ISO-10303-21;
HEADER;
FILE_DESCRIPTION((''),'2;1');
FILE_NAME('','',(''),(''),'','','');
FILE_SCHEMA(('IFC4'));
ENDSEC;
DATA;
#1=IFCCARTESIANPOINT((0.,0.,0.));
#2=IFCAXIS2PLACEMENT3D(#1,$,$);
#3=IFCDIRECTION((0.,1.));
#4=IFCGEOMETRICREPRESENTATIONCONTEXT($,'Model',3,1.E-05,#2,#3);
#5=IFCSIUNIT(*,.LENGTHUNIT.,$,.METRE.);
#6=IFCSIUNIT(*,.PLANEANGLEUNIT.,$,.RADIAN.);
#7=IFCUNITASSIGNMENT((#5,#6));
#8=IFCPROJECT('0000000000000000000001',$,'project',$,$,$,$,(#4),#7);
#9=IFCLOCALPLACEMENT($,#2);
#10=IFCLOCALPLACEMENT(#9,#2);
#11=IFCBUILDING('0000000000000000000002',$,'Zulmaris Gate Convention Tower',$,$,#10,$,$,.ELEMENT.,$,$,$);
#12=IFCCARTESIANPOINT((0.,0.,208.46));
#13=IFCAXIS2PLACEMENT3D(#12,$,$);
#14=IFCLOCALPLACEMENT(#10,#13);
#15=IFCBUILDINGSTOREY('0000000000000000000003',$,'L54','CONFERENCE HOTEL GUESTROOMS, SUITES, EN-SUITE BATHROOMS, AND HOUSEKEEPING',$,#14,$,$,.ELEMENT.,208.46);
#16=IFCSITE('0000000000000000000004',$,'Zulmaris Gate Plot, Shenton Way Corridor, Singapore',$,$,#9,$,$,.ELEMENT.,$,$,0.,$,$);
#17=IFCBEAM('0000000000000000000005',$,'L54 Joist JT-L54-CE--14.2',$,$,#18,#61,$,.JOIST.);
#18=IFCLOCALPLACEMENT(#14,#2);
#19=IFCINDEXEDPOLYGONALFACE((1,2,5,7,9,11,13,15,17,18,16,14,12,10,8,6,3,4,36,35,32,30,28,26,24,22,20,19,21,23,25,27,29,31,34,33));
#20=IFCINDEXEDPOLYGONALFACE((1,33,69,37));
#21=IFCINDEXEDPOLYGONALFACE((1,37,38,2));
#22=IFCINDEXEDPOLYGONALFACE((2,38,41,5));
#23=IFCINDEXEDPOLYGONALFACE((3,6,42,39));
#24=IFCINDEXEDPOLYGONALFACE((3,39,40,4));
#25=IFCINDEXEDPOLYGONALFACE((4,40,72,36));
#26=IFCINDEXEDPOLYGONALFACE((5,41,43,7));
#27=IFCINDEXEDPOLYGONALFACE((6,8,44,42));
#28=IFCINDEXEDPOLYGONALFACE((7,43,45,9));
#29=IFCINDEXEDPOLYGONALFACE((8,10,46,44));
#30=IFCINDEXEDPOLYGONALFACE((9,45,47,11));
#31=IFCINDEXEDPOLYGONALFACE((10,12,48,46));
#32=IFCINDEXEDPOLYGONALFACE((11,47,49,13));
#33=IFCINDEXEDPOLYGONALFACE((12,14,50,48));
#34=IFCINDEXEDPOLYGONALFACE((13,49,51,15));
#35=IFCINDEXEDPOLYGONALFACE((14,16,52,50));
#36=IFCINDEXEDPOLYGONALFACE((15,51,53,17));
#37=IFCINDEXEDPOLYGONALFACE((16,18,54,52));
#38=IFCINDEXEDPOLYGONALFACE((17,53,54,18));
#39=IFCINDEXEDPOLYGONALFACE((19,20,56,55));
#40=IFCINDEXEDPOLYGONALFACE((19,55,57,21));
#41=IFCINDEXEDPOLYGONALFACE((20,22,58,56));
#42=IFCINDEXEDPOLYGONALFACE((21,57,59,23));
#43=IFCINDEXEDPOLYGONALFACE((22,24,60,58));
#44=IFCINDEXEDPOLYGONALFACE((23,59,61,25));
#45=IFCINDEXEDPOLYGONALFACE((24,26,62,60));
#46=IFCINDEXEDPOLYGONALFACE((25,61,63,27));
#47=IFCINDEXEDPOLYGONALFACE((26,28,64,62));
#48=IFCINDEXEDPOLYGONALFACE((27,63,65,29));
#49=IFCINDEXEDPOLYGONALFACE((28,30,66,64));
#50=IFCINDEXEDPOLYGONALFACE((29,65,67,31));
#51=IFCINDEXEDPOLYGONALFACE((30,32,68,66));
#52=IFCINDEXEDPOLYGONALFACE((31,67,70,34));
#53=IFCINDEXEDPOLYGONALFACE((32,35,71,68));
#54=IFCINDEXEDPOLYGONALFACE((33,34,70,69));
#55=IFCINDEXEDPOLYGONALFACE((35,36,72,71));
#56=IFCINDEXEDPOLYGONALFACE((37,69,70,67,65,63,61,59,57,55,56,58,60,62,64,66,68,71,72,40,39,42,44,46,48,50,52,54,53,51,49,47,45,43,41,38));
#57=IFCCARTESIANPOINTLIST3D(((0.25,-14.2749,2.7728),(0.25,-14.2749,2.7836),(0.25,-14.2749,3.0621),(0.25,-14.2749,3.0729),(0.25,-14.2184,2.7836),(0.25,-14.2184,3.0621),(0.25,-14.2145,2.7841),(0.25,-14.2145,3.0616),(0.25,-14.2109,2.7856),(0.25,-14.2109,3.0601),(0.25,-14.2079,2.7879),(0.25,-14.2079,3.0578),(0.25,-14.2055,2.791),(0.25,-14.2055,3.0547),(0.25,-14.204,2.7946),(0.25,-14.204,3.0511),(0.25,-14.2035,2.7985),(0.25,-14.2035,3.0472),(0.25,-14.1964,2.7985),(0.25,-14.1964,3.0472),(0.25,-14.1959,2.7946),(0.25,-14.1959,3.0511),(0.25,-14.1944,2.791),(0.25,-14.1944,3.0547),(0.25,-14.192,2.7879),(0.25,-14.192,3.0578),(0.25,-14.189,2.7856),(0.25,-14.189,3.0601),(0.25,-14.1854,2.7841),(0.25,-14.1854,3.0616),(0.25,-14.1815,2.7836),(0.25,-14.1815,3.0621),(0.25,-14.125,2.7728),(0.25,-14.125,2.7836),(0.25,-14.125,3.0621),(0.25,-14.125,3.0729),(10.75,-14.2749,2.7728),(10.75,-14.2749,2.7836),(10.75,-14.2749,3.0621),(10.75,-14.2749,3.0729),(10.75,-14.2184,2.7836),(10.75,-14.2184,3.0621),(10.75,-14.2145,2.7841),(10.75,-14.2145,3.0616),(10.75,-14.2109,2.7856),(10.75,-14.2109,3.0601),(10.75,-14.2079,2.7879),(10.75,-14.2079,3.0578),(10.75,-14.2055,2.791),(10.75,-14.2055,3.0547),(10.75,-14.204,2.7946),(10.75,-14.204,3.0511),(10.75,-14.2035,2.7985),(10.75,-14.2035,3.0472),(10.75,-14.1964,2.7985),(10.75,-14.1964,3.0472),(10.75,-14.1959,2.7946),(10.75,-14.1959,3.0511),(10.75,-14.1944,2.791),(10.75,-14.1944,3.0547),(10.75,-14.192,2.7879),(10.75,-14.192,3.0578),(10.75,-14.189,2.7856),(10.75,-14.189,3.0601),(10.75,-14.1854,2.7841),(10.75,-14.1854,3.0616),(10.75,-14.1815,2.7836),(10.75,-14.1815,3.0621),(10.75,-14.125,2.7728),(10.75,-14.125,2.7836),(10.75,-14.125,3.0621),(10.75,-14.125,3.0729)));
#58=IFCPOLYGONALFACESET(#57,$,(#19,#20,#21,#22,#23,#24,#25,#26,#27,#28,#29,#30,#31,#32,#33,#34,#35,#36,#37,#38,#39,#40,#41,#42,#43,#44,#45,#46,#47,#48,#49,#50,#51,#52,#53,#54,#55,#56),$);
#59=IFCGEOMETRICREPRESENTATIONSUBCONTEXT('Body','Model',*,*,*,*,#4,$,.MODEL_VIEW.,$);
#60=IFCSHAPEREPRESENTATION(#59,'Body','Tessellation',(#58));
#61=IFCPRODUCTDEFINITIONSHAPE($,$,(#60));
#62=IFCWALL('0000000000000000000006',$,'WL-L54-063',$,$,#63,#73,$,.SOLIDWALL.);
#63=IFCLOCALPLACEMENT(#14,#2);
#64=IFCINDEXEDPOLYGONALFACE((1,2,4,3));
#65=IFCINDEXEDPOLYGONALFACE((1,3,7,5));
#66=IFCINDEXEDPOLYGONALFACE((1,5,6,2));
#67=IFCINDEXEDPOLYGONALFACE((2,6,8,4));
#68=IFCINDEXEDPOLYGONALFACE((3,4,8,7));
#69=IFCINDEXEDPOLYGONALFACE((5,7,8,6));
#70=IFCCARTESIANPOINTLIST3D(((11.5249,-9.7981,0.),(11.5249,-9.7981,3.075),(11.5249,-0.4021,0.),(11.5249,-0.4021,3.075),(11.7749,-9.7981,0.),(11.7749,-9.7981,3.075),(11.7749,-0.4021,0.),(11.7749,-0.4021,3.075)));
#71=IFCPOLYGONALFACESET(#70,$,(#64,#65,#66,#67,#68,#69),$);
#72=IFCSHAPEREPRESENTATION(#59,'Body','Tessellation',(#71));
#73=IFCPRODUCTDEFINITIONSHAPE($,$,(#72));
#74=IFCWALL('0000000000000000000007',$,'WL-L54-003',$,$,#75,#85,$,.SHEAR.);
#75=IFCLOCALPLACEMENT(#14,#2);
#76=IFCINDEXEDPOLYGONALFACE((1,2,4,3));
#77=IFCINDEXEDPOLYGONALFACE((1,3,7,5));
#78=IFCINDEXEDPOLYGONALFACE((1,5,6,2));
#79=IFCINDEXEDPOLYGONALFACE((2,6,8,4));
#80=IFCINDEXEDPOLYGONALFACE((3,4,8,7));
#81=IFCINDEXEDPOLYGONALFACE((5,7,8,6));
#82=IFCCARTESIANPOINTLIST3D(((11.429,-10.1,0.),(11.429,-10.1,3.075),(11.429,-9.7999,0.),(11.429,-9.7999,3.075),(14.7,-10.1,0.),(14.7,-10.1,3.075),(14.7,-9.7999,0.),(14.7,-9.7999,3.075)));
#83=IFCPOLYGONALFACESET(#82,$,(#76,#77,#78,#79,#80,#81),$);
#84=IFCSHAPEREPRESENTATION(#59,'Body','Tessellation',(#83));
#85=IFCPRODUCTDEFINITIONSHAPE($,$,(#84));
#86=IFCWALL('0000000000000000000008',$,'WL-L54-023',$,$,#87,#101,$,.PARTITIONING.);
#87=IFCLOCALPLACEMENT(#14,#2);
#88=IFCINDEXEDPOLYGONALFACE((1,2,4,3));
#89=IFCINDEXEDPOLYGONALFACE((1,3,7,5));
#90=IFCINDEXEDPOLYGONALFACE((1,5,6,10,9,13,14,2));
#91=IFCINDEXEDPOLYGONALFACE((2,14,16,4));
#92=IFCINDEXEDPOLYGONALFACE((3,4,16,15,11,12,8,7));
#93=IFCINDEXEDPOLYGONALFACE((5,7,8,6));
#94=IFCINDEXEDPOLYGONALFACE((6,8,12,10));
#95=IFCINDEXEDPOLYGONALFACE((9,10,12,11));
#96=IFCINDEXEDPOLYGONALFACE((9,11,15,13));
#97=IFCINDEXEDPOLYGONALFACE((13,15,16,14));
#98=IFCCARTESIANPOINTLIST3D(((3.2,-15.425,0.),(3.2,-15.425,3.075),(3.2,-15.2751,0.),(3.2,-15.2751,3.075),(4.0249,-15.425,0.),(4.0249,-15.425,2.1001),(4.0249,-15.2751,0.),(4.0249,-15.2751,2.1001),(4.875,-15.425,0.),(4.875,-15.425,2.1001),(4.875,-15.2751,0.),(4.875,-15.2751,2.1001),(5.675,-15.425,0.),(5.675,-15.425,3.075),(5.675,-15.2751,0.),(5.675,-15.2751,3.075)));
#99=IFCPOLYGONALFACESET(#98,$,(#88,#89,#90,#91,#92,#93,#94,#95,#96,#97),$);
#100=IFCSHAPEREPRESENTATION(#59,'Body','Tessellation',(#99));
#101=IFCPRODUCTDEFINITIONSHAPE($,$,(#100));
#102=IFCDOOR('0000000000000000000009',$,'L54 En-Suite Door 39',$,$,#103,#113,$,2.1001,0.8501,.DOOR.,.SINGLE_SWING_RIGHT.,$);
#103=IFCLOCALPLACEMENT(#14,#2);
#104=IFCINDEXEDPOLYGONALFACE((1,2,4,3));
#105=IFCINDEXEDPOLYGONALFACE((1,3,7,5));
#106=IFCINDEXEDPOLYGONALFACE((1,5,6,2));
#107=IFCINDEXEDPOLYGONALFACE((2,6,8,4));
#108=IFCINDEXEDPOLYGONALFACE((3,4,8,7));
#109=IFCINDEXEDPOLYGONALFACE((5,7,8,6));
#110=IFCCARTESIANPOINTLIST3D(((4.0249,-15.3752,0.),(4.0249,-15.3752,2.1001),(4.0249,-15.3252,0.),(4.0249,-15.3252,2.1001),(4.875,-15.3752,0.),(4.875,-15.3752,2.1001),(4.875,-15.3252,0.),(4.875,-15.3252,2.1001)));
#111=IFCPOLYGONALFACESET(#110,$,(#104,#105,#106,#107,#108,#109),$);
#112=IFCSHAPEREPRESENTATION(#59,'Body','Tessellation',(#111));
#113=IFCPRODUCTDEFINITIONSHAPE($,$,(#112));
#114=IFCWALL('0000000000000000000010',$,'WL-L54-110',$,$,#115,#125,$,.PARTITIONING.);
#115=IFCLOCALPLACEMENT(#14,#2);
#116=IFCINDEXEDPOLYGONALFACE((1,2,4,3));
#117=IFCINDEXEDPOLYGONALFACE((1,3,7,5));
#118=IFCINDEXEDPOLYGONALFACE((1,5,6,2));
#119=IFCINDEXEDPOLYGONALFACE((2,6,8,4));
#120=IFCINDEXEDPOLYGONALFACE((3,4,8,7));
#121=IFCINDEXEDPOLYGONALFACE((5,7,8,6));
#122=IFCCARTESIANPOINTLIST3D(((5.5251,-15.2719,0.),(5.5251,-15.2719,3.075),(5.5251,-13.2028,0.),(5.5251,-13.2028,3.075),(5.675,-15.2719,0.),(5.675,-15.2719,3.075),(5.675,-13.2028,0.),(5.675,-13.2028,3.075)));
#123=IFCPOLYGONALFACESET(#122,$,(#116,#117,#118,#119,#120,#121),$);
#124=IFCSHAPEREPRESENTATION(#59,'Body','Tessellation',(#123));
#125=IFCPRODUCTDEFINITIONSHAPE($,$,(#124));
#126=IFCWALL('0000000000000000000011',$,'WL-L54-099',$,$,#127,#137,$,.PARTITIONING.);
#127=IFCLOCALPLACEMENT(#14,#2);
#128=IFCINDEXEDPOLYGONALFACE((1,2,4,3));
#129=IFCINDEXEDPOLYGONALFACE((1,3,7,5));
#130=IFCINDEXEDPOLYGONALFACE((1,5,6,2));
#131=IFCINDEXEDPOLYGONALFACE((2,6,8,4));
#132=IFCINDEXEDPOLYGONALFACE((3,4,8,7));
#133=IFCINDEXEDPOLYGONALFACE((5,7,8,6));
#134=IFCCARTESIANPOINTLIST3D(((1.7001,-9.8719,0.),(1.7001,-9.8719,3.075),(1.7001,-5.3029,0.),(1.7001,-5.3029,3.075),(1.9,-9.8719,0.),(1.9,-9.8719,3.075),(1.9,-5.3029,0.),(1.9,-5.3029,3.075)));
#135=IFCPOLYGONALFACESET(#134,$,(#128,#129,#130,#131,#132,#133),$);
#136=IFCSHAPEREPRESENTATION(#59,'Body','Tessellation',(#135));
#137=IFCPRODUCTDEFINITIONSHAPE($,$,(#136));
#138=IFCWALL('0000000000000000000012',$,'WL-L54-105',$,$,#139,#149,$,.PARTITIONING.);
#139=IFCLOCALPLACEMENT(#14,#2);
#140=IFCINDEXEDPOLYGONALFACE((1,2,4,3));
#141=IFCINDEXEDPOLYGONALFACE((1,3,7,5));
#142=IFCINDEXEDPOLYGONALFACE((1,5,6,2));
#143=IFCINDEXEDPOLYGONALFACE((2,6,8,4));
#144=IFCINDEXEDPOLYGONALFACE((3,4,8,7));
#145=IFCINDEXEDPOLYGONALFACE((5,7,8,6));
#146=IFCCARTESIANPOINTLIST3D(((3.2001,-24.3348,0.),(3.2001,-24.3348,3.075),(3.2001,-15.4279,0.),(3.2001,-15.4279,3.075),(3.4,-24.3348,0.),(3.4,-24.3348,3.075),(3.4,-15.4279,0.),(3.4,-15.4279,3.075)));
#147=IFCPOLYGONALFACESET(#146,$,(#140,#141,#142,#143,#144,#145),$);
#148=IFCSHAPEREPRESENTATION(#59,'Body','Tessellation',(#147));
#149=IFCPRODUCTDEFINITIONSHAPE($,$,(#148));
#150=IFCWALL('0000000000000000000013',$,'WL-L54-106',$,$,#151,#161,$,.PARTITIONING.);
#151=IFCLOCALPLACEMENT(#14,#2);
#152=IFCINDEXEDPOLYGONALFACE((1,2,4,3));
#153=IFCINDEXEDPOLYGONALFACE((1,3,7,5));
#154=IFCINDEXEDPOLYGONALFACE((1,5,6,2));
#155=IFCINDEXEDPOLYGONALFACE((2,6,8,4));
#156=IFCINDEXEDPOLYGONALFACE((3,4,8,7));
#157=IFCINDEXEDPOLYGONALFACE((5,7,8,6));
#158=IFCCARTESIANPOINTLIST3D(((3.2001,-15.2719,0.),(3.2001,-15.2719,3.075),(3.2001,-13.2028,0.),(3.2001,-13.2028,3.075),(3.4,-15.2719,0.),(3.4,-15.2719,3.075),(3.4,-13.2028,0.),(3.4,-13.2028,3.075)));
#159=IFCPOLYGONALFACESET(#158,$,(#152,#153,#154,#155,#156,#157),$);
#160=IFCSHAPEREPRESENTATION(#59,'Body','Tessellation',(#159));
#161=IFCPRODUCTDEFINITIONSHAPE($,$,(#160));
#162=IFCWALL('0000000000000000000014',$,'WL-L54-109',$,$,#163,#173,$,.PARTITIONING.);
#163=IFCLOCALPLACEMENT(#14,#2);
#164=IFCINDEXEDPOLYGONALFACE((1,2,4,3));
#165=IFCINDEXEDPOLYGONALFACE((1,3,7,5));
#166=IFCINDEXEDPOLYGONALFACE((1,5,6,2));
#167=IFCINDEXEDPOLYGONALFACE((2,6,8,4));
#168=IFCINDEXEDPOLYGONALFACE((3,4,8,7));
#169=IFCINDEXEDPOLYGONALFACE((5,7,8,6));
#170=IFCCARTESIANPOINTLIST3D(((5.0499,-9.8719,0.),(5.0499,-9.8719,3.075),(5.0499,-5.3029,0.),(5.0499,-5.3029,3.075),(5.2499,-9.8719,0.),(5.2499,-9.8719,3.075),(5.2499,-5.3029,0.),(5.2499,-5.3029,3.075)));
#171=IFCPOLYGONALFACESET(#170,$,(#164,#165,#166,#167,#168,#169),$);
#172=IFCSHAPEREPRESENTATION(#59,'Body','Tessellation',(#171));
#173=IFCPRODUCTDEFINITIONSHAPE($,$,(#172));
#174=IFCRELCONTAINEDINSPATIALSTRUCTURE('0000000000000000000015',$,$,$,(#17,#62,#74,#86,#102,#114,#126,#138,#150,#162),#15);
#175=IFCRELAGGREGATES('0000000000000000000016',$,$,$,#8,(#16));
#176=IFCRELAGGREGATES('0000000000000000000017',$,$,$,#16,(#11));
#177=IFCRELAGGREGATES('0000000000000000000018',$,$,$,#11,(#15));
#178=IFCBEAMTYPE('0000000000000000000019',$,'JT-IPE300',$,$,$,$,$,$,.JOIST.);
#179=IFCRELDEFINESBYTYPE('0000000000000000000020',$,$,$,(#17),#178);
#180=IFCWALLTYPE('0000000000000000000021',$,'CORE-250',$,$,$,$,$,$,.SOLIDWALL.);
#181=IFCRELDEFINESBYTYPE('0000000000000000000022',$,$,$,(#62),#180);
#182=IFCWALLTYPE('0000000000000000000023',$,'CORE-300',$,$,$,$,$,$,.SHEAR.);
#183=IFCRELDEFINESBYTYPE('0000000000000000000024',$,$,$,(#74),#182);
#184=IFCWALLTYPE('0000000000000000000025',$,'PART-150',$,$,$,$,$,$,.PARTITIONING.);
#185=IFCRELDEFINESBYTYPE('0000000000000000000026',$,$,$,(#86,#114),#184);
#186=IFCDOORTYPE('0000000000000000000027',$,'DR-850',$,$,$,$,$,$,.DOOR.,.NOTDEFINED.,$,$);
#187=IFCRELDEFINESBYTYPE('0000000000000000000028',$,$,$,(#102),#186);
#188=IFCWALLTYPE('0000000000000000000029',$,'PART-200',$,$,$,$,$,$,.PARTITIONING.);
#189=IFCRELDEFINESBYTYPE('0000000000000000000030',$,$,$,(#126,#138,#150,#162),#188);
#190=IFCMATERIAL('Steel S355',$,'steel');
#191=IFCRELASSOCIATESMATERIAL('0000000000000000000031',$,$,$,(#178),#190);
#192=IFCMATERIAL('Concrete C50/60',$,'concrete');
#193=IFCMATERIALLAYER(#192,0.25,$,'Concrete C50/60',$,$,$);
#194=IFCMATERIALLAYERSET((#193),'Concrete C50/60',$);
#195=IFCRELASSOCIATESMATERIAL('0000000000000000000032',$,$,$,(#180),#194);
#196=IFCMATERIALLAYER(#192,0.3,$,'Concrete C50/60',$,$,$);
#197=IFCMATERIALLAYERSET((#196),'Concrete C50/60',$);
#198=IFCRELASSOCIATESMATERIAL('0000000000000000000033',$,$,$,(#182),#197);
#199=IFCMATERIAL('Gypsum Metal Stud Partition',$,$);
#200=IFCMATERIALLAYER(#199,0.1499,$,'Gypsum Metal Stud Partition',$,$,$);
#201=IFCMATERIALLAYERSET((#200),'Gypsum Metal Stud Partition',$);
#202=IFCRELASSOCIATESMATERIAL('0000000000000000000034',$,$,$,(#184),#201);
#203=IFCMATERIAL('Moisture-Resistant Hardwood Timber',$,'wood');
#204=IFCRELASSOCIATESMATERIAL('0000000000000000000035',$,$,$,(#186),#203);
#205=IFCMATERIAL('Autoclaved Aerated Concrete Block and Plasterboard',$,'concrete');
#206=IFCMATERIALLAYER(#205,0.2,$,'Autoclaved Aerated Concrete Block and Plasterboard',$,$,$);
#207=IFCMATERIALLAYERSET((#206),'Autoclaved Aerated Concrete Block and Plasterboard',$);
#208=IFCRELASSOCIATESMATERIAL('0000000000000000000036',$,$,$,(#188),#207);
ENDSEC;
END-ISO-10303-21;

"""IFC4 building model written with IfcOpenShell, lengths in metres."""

from ifc_helpers import new_model, si_unit, direction, frame, frame_2d, origin, origin_2d, place, context, subcontext, project, spatial, rectangle, i_section, extrude, material, layer, layer_set, material_profile, profile_set, type_object, element, fill, save


model = new_model("IFC4")

# Units and contexts
model_context = context("Model", 3, precision=1e-05, world=origin(), true_north=direction((0.0, 1.0)))
body_context = subcontext(model_context, "Body", "Model", "MODEL_VIEW")
ifc_project = project(units=[si_unit("LENGTHUNIT", "METRE"), si_unit("PLANEANGLEUNIT", "RADIAN")], contexts=[model_context])

# Site, building, storey
site_placement = place(None, origin())
site = spatial("IfcSite", under=ifc_project, at=site_placement, Name="Zulmaris Gate Plot, Shenton Way Corridor, Singapore", CompositionType="ELEMENT", RefElevation=0.0)
building_placement = place(site_placement, origin())
building = spatial("IfcBuilding", under=site, at=building_placement, Name="Zulmaris Gate Convention Tower", CompositionType="ELEMENT")
storey_placement = place(building_placement, frame((0.0, 0.0, 208.46)))
storey = spatial("IfcBuildingStorey", under=building, at=storey_placement, Name="L54", Description="CONFERENCE HOTEL GUESTROOMS, SUITES, EN-SUITE BATHROOMS, AND HOUSEKEEPING", CompositionType="ELEMENT", Elevation=208.46)

# Beam
ifc_material_1 = material(Name="Steel S355", Category="steel")
ifc_material_2 = material(Name="Concrete C50/60", Category="concrete")
ifc_material_profile_1 = material_profile(ifc_material_1, i_section(OverallWidth=0.1499, OverallDepth=0.3, WebThickness=0.0071, FlangeThickness=0.0107, FilletRadius=0.0149, at=origin_2d()), Name="IPE 300")
ifc_profile_set_1 = profile_set([ifc_material_profile_1], Name="Steel S355")
beam_type_1 = type_object("IfcBeamType", Name="JT-IPE300", PredefinedType="JOIST", material=ifc_profile_set_1)
for number, where, z_axis, x_axis, name in (
    (1, (0.25, -14.2, 2.9229), (1.0, 0.0, 0.0), (0.0, 1.0, 0.0), "L54 Joist JT-L54-CE--14.2"),
):
    element("IfcBeam", number, at=place(storey_placement, frame(where, z_axis=z_axis, x_axis=x_axis)), inside=storey, type_object=beam_type_1, Name=name, PredefinedType="JOIST", context=body_context, shape_type="SweptSolid", body=[
        extrude(i_section(OverallWidth=0.1499, OverallDepth=0.3, WebThickness=0.0071, FlangeThickness=0.0107, FilletRadius=0.0149, at=origin_2d()), origin(), (0.0, 0.0, 1.0), 10.5),
    ])

# Walls
ifc_layer_1 = layer(ifc_material_2, 0.25, Name="Concrete C50/60")
ifc_layer_set_1 = layer_set([ifc_layer_1], Name="Concrete C50/60")
wall_type_1 = type_object("IfcWallType", Name="CORE-250", PredefinedType="SOLIDWALL", material=ifc_layer_set_1)
wall_1_placement = place(storey_placement, frame((11.6499, -9.7981, 0.0), z_axis=(0.0, 0.0, 1.0), x_axis=(0.0, 1.0, 0.0)))
element("IfcWall", 2, at=wall_1_placement, inside=storey, type_object=wall_type_1, Name="WL-L54-063", PredefinedType="SOLIDWALL", context=body_context, shape_type="SweptSolid", body=[
    extrude(rectangle(XDim=9.396, YDim=0.25, at=frame_2d((4.698, 0.0))), origin(), (0.0, 0.0, 1.0), 3.075),
])
ifc_layer_2 = layer(ifc_material_2, 0.3, Name="Concrete C50/60")
ifc_layer_set_2 = layer_set([ifc_layer_2], Name="Concrete C50/60")
wall_type_2 = type_object("IfcWallType", Name="CORE-300", PredefinedType="SHEAR", material=ifc_layer_set_2)
wall_2_placement = place(storey_placement, frame((11.429, -9.95, 0.0), z_axis=(0.0, 0.0, 1.0), x_axis=(1.0, 0.0, 0.0)))
element("IfcWall", 3, at=wall_2_placement, inside=storey, type_object=wall_type_2, Name="WL-L54-003", PredefinedType="SHEAR", context=body_context, shape_type="SweptSolid", body=[
    extrude(rectangle(XDim=3.271, YDim=0.3, at=frame_2d((1.6355, 0.0))), origin(), (0.0, 0.0, 1.0), 3.075),
])

# Wall, opening, door
ifc_material_3 = material(Name="Gypsum Metal Stud Partition")
ifc_layer_3 = layer(ifc_material_3, 0.1499, Name="Gypsum Metal Stud Partition")
ifc_layer_set_3 = layer_set([ifc_layer_3], Name="Gypsum Metal Stud Partition")
wall_type_3 = type_object("IfcWallType", Name="PART-150", PredefinedType="PARTITIONING", material=ifc_layer_set_3)
wall_3_placement = place(storey_placement, frame((3.2, -15.3501, 0.0), z_axis=(0.0, 0.0, 1.0), x_axis=(1.0, 0.0, 0.0)))
wall_3 = element("IfcWall", 4, at=wall_3_placement, inside=storey, type_object=wall_type_3, Name="WL-L54-023", PredefinedType="PARTITIONING", context=body_context, shape_type="SweptSolid", body=[
    extrude(rectangle(XDim=2.4751, YDim=0.1499, at=frame_2d((1.2375, 0.0))), origin(), (0.0, 0.0, 1.0), 3.075),
])
opening_1_placement = place(wall_3_placement, frame((0.825, 0.0, 0.0)))
opening_1 = element("IfcOpeningElement", 5, at=opening_1_placement, cuts=wall_3, PredefinedType="OPENING", context=body_context, shape_type="SweptSolid", body=[
    extrude(rectangle(XDim=0.8501, YDim=2.1001, at=frame_2d((0.425, 1.05))), frame((0.0, 0.085, 0.0), z_axis=(0.0, -1.0, 0.0), x_axis=(1.0, 0.0, 0.0)), (0.0, 0.0, 1.0), 0.1699),
])
ifc_material_4 = material(Name="Moisture-Resistant Hardwood Timber", Category="wood")
door_type_1 = type_object("IfcDoorType", Name="DR-850", OperationType="NOTDEFINED", PredefinedType="DOOR", material=ifc_material_4)
door_1_placement = place(opening_1_placement, origin())
door_1 = element("IfcDoor", 6, at=door_1_placement, inside=storey, type_object=door_type_1, Name="L54 En-Suite Door 39", OperationType="SINGLE_SWING_RIGHT", OverallHeight=2.1001, OverallWidth=0.8501, PredefinedType="DOOR", context=body_context, shape_type="SweptSolid", body=[
    extrude(rectangle(XDim=0.8501, YDim=2.1001, at=frame_2d((0.425, 1.05))), frame((0.0, 0.0249, 0.0), z_axis=(0.0, -1.0, 0.0), x_axis=(1.0, 0.0, 0.0)), (0.0, 0.0, 1.0), 0.05),
])
fill(opening_1, door_1)

# Wall
wall_4_placement = place(storey_placement, frame((5.6001, -15.272, 0.0), z_axis=(0.0, 0.0, 1.0), x_axis=(0.0, 1.0, 0.0)))
element("IfcWall", 7, at=wall_4_placement, inside=storey, type_object=wall_type_3, Name="WL-L54-110", PredefinedType="PARTITIONING", context=body_context, shape_type="SweptSolid", body=[
    extrude(rectangle(XDim=2.0691, YDim=0.1499, at=frame_2d((1.0347, 0.0))), origin(), (0.0, 0.0, 1.0), 3.075),
])

# Walls
ifc_material_5 = material(Name="Autoclaved Aerated Concrete Block and Plasterboard", Category="concrete")
ifc_layer_4 = layer(ifc_material_5, 0.2, Name="Autoclaved Aerated Concrete Block and Plasterboard")
ifc_layer_set_4 = layer_set([ifc_layer_4], Name="Autoclaved Aerated Concrete Block and Plasterboard")
wall_type_4 = type_object("IfcWallType", Name="PART-200", PredefinedType="PARTITIONING", material=ifc_layer_set_4)
wall_5_placement = place(storey_placement, frame((1.8, -9.8721, 0.0), z_axis=(0.0, 0.0, 1.0), x_axis=(0.0, 1.0, 0.0)))
element("IfcWall", 8, at=wall_5_placement, inside=storey, type_object=wall_type_4, Name="WL-L54-099", PredefinedType="PARTITIONING", context=body_context, shape_type="SweptSolid", body=[
    extrude(rectangle(XDim=4.5691, YDim=0.2, at=frame_2d((2.2847, 0.0))), origin(), (0.0, 0.0, 1.0), 3.075),
])
wall_6_placement = place(storey_placement, frame((3.3, -24.335, 0.0), z_axis=(0.0, 0.0, 1.0), x_axis=(0.0, 1.0, 0.0)))
element("IfcWall", 9, at=wall_6_placement, inside=storey, type_object=wall_type_4, Name="WL-L54-105", PredefinedType="PARTITIONING", context=body_context, shape_type="SweptSolid", body=[
    extrude(rectangle(XDim=8.907, YDim=0.2, at=frame_2d((4.4536, 0.0))), origin(), (0.0, 0.0, 1.0), 3.075),
])
wall_7_placement = place(storey_placement, frame((3.3, -15.272, 0.0), z_axis=(0.0, 0.0, 1.0), x_axis=(0.0, 1.0, 0.0)))
element("IfcWall", 10, at=wall_7_placement, inside=storey, type_object=wall_type_4, Name="WL-L54-106", PredefinedType="PARTITIONING", context=body_context, shape_type="SweptSolid", body=[
    extrude(rectangle(XDim=2.0691, YDim=0.2, at=frame_2d((1.0347, 0.0))), origin(), (0.0, 0.0, 1.0), 3.075),
])
wall_8_placement = place(storey_placement, frame((5.1499, -9.8721, 0.0), z_axis=(0.0, 0.0, 1.0), x_axis=(0.0, 1.0, 0.0)))
element("IfcWall", 11, at=wall_8_placement, inside=storey, type_object=wall_type_4, Name="WL-L54-109", PredefinedType="PARTITIONING", context=body_context, shape_type="SweptSolid", body=[
    extrude(rectangle(XDim=4.5691, YDim=0.2, at=frame_2d((2.2847, 0.0))), origin(), (0.0, 0.0, 1.0), 3.075),
])

save(model, "model.ifc")
